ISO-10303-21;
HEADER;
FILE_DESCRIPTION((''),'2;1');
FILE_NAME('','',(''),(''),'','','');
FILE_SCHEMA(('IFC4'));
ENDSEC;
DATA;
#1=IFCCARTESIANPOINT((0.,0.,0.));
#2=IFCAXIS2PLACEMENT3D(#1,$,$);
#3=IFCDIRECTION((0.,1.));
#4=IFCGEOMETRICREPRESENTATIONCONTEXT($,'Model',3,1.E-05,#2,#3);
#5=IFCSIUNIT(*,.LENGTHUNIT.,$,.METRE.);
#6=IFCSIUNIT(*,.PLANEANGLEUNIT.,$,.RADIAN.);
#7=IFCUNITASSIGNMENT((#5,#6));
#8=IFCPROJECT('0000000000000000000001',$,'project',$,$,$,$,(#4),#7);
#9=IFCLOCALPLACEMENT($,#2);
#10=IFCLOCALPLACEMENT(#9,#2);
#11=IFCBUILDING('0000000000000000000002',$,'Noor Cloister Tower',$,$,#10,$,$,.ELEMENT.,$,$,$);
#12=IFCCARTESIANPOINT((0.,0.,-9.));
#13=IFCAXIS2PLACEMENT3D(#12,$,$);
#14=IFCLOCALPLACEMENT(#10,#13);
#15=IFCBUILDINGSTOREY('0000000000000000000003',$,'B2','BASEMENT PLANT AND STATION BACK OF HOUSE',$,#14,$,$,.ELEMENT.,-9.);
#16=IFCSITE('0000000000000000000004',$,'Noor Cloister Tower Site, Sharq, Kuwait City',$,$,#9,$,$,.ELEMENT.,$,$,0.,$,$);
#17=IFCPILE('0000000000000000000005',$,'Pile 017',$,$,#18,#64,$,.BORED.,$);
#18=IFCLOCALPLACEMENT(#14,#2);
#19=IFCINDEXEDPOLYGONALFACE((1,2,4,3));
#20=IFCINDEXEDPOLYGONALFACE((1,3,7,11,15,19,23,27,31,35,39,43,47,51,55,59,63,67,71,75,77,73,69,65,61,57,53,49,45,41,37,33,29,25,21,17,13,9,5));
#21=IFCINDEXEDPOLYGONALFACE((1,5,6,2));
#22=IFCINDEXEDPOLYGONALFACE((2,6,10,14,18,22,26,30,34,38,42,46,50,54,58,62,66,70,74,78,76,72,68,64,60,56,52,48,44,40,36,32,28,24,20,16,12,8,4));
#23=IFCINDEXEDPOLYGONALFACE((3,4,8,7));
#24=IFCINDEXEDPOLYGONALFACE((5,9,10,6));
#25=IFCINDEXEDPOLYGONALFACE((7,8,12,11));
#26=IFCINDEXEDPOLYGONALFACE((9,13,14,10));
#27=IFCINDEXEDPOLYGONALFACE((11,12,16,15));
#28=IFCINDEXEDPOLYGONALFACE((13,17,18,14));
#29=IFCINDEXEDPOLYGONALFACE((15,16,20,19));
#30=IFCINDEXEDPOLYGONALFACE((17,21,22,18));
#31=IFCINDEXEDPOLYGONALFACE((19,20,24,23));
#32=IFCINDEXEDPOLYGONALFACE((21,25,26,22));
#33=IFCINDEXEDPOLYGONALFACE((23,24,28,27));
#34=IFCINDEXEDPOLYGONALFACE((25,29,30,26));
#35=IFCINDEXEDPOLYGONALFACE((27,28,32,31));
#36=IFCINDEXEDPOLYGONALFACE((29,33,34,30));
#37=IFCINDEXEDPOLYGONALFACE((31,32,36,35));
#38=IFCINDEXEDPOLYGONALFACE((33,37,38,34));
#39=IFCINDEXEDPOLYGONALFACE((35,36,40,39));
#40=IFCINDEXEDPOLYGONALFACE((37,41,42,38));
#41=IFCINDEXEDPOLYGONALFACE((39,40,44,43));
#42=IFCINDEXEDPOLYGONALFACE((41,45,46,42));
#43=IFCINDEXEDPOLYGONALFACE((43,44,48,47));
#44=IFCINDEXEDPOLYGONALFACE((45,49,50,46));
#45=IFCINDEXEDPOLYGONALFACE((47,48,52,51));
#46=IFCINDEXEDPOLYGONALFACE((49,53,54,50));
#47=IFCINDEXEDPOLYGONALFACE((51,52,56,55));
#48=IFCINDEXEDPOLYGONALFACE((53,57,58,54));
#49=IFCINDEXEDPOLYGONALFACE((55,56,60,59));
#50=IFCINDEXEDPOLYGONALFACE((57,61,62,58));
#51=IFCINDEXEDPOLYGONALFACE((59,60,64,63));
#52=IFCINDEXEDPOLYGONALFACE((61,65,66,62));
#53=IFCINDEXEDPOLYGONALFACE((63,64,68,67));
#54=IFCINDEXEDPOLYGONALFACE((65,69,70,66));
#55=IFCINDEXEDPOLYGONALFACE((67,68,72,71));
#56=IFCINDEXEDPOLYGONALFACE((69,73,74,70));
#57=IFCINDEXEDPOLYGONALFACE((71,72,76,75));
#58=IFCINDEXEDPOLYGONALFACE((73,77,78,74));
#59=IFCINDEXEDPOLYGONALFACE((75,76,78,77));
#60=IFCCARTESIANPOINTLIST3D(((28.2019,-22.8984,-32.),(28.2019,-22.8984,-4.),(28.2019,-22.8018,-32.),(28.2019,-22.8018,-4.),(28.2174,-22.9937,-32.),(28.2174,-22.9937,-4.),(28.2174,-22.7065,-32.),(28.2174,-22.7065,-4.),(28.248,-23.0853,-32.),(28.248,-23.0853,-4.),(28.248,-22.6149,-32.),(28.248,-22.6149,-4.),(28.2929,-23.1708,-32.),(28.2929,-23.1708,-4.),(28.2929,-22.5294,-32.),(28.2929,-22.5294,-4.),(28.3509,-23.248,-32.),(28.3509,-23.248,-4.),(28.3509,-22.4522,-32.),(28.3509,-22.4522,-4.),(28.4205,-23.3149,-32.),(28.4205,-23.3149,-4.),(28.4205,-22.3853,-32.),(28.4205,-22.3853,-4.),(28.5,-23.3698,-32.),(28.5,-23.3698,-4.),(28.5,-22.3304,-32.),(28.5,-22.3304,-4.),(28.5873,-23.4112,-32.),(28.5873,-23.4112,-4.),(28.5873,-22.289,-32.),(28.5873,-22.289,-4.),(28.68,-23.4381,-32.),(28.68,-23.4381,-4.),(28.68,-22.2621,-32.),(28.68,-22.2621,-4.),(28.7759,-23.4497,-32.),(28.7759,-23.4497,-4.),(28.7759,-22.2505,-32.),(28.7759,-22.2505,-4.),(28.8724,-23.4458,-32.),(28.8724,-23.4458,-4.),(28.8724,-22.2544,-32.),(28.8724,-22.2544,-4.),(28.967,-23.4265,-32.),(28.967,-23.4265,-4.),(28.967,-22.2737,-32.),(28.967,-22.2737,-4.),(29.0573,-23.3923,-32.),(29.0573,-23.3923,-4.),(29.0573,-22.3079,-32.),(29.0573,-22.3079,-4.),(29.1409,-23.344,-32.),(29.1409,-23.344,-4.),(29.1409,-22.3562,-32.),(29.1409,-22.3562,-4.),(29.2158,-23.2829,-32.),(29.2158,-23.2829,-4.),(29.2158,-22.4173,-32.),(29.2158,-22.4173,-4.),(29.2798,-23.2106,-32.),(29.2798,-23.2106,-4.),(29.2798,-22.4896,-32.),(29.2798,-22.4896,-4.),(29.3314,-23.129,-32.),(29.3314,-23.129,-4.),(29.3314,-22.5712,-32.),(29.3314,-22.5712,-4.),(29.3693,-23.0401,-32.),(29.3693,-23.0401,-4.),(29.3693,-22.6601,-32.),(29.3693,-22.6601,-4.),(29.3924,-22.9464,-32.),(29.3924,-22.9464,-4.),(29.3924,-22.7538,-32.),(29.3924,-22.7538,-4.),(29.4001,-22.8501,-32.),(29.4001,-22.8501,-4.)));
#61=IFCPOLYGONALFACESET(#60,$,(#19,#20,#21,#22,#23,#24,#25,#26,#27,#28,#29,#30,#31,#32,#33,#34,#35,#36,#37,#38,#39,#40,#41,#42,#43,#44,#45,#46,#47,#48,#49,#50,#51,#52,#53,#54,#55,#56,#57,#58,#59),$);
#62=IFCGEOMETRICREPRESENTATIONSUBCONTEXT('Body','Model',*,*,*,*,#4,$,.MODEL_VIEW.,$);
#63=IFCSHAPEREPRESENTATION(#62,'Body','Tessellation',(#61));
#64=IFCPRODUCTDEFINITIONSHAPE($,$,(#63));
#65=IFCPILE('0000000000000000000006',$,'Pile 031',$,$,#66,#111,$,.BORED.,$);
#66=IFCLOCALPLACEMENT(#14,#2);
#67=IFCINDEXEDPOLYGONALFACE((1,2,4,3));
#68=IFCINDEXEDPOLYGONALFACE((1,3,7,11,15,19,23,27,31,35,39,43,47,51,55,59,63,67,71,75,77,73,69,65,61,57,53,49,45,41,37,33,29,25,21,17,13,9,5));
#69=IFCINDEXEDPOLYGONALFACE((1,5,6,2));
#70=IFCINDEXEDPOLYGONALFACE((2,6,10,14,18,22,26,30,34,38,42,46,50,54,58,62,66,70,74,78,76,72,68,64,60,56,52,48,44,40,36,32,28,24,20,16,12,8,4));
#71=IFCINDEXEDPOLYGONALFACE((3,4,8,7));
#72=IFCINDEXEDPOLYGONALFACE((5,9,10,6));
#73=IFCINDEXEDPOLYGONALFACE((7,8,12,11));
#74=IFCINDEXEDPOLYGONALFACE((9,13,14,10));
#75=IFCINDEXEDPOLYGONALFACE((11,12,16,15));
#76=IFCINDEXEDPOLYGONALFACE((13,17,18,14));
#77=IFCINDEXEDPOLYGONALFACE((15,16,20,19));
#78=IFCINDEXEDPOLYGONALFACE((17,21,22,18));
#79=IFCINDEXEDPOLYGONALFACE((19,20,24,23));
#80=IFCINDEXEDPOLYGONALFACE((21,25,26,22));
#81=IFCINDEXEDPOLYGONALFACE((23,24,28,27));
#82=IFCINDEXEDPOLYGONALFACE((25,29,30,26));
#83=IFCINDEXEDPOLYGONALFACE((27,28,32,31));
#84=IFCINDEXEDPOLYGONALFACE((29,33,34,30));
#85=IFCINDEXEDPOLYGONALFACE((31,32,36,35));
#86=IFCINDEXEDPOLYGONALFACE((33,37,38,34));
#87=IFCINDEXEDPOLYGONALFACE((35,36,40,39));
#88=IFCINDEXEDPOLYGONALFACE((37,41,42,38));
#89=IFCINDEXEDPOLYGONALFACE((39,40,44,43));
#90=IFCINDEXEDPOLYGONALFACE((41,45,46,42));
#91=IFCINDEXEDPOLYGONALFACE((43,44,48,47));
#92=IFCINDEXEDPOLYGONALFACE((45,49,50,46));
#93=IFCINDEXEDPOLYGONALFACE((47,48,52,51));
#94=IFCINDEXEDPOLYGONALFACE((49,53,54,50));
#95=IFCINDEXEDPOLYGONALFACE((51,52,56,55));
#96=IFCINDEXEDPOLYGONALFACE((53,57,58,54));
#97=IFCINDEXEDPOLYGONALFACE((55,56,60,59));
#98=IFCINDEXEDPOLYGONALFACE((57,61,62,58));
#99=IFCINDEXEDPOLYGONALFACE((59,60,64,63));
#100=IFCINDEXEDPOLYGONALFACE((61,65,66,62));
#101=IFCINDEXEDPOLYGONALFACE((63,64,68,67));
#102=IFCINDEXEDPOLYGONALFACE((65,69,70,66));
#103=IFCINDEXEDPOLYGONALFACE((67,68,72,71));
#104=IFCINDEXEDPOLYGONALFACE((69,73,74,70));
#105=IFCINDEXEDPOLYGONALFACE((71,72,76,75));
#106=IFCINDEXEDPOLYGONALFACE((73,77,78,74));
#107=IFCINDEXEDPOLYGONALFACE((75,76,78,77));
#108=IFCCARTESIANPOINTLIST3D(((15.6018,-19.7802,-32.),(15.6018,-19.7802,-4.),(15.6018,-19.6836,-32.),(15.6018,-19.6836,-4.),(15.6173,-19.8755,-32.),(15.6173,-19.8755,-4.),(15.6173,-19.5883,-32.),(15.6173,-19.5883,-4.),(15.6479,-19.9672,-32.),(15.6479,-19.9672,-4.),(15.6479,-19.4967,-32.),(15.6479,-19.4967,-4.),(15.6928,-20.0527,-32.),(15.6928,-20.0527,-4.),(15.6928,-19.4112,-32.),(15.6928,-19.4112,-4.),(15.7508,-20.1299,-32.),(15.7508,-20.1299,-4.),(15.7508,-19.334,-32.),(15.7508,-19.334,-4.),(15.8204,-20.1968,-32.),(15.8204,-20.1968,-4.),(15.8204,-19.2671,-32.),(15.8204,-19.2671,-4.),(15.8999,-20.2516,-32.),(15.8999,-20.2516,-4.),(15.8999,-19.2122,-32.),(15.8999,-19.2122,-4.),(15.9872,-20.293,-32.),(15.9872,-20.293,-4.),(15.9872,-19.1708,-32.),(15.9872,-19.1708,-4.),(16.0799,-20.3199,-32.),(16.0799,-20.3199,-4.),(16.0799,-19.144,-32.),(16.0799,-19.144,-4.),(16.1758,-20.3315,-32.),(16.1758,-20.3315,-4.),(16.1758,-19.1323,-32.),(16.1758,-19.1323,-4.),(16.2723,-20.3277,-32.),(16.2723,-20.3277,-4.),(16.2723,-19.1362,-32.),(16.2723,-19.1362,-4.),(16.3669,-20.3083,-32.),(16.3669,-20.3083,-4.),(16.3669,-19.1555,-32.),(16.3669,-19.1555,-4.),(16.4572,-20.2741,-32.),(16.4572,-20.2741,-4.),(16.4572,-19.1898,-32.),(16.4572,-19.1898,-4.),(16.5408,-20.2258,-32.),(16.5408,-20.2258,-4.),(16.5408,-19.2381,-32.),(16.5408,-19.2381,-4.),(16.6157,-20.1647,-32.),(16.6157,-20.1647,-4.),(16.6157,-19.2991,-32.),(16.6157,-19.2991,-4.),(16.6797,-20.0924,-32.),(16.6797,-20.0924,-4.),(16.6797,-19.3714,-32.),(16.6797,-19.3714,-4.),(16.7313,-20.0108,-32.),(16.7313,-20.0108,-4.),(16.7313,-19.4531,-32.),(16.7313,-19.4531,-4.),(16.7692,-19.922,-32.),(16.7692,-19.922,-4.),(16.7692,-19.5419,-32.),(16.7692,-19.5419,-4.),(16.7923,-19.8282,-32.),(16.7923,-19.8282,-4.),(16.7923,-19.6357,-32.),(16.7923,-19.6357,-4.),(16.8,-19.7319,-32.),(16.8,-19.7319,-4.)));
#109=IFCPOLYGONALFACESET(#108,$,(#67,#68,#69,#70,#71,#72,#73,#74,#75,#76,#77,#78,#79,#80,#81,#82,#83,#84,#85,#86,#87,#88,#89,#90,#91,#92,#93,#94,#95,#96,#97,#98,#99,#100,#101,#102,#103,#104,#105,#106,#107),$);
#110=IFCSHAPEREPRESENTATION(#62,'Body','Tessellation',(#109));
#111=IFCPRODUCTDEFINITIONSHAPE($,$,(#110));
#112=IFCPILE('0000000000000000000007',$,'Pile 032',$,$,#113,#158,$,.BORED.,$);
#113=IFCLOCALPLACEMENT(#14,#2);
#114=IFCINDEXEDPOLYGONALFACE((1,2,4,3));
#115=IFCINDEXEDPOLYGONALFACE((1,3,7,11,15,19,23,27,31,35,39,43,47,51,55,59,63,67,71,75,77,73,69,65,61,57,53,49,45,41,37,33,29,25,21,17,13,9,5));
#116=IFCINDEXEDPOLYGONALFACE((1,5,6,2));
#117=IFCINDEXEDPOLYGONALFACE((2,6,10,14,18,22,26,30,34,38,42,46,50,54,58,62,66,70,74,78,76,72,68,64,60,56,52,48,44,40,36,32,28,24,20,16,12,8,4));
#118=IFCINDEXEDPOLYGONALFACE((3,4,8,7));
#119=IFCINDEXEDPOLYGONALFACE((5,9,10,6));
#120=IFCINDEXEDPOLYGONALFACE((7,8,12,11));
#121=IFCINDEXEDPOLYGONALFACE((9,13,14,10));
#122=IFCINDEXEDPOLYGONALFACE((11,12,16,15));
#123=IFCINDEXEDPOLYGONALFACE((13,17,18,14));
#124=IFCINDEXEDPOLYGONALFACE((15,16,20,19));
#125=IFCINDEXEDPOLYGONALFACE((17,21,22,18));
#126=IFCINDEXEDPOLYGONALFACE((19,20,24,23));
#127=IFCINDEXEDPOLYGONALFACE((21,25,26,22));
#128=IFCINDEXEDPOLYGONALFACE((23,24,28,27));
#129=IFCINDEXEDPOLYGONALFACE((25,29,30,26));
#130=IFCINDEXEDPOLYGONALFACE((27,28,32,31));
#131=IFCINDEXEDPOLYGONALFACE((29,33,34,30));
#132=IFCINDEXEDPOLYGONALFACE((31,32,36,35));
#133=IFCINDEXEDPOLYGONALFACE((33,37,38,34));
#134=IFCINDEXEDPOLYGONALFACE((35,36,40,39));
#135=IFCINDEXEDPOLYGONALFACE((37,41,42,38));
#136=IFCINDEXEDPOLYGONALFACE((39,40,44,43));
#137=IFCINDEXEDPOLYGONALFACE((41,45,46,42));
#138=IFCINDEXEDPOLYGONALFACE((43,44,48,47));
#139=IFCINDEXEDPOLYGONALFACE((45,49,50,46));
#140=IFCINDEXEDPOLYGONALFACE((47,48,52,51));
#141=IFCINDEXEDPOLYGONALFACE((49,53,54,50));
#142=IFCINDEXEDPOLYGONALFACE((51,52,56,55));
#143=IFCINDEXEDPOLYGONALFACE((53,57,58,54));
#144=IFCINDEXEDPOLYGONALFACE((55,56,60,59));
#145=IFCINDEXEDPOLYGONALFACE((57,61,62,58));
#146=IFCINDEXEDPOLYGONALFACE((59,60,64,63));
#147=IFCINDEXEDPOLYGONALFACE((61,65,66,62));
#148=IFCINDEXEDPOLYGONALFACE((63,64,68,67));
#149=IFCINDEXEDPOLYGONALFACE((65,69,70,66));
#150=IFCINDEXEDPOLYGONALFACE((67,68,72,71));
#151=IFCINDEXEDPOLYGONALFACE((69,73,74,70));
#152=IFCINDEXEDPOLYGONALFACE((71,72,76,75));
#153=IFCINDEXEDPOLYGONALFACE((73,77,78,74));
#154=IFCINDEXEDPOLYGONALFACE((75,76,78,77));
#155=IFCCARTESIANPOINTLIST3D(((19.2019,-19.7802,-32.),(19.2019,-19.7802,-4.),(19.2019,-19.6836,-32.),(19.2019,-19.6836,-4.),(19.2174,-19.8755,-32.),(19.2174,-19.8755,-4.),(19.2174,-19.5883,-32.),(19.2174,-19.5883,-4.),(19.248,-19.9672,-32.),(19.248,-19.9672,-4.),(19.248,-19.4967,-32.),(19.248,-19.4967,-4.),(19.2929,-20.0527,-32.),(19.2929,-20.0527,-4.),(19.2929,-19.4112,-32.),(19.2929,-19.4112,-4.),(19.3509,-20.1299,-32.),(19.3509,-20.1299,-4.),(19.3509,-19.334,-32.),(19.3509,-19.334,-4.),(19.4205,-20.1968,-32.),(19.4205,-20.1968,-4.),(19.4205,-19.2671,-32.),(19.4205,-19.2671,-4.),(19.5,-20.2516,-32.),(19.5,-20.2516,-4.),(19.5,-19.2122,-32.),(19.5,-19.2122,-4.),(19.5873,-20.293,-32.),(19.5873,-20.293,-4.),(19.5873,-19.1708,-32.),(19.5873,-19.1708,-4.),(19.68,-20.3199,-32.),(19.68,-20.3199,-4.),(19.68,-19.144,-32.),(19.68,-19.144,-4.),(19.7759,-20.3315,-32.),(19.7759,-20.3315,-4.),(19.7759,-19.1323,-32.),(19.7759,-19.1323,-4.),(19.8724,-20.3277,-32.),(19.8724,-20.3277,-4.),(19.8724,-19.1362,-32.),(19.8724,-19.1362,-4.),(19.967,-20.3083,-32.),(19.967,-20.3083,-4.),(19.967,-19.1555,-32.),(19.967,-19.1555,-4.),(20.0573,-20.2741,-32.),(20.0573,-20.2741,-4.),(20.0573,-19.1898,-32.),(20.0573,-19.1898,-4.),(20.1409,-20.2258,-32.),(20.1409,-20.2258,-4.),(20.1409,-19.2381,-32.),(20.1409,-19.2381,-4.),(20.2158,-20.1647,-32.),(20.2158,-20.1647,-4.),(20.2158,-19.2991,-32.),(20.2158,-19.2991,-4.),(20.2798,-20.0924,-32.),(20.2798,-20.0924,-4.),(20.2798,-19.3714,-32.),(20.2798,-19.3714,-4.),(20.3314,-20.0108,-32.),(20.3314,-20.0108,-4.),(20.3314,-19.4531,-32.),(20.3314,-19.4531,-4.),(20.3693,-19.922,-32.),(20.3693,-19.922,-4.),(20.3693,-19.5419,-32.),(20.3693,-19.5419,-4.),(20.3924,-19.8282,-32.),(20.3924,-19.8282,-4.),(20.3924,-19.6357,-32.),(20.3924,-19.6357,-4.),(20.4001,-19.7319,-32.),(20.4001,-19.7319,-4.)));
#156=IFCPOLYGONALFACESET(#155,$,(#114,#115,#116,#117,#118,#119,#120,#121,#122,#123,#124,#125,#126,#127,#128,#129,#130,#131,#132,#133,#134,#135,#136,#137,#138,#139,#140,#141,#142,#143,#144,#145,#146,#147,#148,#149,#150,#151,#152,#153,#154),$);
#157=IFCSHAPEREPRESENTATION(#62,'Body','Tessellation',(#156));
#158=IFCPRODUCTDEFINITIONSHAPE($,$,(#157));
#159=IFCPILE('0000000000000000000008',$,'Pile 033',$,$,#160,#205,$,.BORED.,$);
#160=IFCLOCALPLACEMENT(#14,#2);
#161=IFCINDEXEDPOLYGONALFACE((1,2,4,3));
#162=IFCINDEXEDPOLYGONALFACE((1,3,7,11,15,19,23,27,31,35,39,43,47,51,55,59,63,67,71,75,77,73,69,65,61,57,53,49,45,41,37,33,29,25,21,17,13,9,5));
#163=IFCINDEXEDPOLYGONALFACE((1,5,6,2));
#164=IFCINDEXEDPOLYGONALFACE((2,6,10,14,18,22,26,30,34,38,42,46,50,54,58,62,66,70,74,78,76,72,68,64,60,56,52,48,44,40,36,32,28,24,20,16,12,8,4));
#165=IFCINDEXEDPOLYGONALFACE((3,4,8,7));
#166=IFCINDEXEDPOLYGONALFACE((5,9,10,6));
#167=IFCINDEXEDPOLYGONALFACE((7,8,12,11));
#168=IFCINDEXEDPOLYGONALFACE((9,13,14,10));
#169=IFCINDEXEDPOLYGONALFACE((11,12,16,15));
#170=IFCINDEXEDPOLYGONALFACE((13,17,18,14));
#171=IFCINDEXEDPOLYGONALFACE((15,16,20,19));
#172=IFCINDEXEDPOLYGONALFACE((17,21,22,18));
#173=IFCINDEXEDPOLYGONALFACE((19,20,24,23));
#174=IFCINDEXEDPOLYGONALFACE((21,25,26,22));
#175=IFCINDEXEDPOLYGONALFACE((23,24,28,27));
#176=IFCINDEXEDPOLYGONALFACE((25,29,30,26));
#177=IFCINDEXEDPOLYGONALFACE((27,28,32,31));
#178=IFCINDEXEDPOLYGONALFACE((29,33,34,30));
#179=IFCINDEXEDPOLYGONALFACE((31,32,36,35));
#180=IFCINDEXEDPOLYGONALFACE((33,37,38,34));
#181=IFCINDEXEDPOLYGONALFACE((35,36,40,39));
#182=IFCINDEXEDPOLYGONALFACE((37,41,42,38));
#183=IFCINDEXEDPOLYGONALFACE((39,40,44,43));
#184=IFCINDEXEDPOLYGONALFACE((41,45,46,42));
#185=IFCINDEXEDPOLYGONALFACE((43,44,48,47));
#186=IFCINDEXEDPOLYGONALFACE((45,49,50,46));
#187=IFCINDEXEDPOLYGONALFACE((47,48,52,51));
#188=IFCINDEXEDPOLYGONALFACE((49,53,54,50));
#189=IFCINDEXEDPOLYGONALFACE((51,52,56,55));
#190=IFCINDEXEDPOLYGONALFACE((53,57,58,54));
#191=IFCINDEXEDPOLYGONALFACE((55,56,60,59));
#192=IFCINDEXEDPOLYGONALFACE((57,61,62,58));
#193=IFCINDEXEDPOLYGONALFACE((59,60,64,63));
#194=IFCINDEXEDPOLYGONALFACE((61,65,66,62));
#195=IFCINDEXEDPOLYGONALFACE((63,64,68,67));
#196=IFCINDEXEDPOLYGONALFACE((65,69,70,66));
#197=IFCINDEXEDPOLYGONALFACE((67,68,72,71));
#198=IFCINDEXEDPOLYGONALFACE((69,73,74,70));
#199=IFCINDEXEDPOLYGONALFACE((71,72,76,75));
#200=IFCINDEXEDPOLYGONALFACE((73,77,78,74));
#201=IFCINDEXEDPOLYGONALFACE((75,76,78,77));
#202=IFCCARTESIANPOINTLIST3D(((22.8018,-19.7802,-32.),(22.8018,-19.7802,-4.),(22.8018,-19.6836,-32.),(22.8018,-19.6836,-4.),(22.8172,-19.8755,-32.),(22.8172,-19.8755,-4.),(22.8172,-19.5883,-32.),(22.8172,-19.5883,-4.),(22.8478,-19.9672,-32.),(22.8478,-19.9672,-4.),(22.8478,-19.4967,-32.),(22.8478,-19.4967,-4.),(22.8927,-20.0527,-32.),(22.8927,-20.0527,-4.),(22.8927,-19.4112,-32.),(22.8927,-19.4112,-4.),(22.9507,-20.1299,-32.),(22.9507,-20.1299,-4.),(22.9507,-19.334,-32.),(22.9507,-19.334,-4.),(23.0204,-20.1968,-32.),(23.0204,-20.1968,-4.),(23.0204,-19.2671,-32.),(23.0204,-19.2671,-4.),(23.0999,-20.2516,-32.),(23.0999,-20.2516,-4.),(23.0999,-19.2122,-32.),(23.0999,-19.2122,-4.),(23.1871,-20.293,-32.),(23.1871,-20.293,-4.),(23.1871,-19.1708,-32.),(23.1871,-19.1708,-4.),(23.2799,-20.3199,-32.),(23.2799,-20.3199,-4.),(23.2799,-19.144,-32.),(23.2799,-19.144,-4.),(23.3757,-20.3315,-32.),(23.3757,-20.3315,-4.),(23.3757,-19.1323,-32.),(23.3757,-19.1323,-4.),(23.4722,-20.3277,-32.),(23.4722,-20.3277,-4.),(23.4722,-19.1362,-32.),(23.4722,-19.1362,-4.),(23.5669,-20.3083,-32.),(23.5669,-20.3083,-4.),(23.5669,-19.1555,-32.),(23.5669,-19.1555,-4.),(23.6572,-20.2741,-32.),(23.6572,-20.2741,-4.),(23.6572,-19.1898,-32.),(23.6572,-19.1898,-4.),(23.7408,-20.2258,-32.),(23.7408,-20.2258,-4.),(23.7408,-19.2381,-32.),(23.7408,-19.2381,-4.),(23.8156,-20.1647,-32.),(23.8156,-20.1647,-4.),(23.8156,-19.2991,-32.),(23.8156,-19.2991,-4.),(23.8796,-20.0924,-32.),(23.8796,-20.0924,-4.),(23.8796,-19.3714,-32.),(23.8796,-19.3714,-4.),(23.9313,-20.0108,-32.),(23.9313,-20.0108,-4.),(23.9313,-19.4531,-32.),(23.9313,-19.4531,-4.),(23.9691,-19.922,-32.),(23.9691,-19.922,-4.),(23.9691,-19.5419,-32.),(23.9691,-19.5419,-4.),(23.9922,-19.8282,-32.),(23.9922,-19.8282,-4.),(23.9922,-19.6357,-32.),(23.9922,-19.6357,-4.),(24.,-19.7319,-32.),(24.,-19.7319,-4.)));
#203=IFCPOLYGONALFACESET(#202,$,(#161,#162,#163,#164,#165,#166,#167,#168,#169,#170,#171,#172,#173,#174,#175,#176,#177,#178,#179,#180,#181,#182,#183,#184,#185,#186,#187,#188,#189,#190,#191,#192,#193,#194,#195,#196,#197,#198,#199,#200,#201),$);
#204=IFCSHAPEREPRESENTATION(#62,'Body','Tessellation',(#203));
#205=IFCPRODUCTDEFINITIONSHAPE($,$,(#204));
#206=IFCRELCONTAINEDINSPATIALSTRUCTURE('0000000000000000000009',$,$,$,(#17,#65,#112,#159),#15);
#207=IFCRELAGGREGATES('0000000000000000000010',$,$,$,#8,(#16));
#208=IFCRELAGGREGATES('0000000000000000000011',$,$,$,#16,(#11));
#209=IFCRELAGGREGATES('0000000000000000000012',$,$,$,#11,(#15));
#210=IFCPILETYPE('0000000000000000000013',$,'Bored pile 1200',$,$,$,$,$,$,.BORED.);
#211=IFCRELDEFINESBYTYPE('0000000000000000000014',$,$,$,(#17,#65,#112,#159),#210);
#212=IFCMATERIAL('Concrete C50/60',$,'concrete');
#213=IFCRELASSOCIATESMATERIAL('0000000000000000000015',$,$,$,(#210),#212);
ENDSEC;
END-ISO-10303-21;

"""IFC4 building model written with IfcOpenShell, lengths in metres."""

from ifc_helpers import new_model, si_unit, direction, frame, origin, origin_2d, place, context, subcontext, project, spatial, circle, extrude, material, material_profile, profile_set, type_object, element, save


model = new_model("IFC4")

# Units and contexts
model_context = context("Model", 3, precision=1e-05, world=origin(), true_north=direction((0.0, 1.0)))
body_context = subcontext(model_context, "Body", "Model", "MODEL_VIEW")
ifc_project = project(units=[si_unit("LENGTHUNIT", "METRE"), si_unit("PLANEANGLEUNIT", "RADIAN")], contexts=[model_context])

# Site, building, storey
site_placement = place(None, origin())
site = spatial("IfcSite", under=ifc_project, at=site_placement, Name="Noor Cloister Tower Site, Sharq, Kuwait City", CompositionType="ELEMENT", RefElevation=0.0)
building_placement = place(site_placement, origin())
building = spatial("IfcBuilding", under=site, at=building_placement, Name="Noor Cloister Tower", CompositionType="ELEMENT")
storey_placement = place(building_placement, frame((0.0, 0.0, -9.0)))
storey = spatial("IfcBuildingStorey", under=building, at=storey_placement, Name="B2", Description="BASEMENT PLANT AND STATION BACK OF HOUSE", CompositionType="ELEMENT", Elevation=-9.0)

# Piles
ifc_material_1 = material(Name="Concrete C50/60", Category="concrete")
ifc_material_profile_1 = material_profile(ifc_material_1, circle(Radius=0.6001, at=origin_2d()), Name="Bored pile 1200")
ifc_profile_set_1 = profile_set([ifc_material_profile_1], Name="Concrete C50/60")
pile_type = type_object("IfcPileType", Name="Bored pile 1200", PredefinedType="BORED", material=ifc_profile_set_1)
for number, where, z_axis, x_axis, name in (
    (1, (28.8, -22.8501, -4.0), (0.0, 0.0, -1.0), (1.0, 0.0, 0.0), "Pile 017"),
    (2, (16.2, -19.7319, -4.0), (0.0, 0.0, -1.0), (1.0, 0.0, 0.0), "Pile 031"),
    (3, (19.8, -19.7319, -4.0), (0.0, 0.0, -1.0), (1.0, 0.0, 0.0), "Pile 032"),
    (4, (23.3999, -19.7319, -4.0), (0.0, 0.0, -1.0), (1.0, 0.0, 0.0), "Pile 033"),
):
    element("IfcPile", number, at=place(storey_placement, frame(where, z_axis=z_axis, x_axis=x_axis)), inside=storey, type_object=pile_type, Name=name, PredefinedType="BORED", context=body_context, shape_type="SweptSolid", body=[
        extrude(circle(Radius=0.6001, at=origin_2d()), origin(), (0.0, 0.0, 1.0), 28.0),
    ])

save(model, "model.ifc")
